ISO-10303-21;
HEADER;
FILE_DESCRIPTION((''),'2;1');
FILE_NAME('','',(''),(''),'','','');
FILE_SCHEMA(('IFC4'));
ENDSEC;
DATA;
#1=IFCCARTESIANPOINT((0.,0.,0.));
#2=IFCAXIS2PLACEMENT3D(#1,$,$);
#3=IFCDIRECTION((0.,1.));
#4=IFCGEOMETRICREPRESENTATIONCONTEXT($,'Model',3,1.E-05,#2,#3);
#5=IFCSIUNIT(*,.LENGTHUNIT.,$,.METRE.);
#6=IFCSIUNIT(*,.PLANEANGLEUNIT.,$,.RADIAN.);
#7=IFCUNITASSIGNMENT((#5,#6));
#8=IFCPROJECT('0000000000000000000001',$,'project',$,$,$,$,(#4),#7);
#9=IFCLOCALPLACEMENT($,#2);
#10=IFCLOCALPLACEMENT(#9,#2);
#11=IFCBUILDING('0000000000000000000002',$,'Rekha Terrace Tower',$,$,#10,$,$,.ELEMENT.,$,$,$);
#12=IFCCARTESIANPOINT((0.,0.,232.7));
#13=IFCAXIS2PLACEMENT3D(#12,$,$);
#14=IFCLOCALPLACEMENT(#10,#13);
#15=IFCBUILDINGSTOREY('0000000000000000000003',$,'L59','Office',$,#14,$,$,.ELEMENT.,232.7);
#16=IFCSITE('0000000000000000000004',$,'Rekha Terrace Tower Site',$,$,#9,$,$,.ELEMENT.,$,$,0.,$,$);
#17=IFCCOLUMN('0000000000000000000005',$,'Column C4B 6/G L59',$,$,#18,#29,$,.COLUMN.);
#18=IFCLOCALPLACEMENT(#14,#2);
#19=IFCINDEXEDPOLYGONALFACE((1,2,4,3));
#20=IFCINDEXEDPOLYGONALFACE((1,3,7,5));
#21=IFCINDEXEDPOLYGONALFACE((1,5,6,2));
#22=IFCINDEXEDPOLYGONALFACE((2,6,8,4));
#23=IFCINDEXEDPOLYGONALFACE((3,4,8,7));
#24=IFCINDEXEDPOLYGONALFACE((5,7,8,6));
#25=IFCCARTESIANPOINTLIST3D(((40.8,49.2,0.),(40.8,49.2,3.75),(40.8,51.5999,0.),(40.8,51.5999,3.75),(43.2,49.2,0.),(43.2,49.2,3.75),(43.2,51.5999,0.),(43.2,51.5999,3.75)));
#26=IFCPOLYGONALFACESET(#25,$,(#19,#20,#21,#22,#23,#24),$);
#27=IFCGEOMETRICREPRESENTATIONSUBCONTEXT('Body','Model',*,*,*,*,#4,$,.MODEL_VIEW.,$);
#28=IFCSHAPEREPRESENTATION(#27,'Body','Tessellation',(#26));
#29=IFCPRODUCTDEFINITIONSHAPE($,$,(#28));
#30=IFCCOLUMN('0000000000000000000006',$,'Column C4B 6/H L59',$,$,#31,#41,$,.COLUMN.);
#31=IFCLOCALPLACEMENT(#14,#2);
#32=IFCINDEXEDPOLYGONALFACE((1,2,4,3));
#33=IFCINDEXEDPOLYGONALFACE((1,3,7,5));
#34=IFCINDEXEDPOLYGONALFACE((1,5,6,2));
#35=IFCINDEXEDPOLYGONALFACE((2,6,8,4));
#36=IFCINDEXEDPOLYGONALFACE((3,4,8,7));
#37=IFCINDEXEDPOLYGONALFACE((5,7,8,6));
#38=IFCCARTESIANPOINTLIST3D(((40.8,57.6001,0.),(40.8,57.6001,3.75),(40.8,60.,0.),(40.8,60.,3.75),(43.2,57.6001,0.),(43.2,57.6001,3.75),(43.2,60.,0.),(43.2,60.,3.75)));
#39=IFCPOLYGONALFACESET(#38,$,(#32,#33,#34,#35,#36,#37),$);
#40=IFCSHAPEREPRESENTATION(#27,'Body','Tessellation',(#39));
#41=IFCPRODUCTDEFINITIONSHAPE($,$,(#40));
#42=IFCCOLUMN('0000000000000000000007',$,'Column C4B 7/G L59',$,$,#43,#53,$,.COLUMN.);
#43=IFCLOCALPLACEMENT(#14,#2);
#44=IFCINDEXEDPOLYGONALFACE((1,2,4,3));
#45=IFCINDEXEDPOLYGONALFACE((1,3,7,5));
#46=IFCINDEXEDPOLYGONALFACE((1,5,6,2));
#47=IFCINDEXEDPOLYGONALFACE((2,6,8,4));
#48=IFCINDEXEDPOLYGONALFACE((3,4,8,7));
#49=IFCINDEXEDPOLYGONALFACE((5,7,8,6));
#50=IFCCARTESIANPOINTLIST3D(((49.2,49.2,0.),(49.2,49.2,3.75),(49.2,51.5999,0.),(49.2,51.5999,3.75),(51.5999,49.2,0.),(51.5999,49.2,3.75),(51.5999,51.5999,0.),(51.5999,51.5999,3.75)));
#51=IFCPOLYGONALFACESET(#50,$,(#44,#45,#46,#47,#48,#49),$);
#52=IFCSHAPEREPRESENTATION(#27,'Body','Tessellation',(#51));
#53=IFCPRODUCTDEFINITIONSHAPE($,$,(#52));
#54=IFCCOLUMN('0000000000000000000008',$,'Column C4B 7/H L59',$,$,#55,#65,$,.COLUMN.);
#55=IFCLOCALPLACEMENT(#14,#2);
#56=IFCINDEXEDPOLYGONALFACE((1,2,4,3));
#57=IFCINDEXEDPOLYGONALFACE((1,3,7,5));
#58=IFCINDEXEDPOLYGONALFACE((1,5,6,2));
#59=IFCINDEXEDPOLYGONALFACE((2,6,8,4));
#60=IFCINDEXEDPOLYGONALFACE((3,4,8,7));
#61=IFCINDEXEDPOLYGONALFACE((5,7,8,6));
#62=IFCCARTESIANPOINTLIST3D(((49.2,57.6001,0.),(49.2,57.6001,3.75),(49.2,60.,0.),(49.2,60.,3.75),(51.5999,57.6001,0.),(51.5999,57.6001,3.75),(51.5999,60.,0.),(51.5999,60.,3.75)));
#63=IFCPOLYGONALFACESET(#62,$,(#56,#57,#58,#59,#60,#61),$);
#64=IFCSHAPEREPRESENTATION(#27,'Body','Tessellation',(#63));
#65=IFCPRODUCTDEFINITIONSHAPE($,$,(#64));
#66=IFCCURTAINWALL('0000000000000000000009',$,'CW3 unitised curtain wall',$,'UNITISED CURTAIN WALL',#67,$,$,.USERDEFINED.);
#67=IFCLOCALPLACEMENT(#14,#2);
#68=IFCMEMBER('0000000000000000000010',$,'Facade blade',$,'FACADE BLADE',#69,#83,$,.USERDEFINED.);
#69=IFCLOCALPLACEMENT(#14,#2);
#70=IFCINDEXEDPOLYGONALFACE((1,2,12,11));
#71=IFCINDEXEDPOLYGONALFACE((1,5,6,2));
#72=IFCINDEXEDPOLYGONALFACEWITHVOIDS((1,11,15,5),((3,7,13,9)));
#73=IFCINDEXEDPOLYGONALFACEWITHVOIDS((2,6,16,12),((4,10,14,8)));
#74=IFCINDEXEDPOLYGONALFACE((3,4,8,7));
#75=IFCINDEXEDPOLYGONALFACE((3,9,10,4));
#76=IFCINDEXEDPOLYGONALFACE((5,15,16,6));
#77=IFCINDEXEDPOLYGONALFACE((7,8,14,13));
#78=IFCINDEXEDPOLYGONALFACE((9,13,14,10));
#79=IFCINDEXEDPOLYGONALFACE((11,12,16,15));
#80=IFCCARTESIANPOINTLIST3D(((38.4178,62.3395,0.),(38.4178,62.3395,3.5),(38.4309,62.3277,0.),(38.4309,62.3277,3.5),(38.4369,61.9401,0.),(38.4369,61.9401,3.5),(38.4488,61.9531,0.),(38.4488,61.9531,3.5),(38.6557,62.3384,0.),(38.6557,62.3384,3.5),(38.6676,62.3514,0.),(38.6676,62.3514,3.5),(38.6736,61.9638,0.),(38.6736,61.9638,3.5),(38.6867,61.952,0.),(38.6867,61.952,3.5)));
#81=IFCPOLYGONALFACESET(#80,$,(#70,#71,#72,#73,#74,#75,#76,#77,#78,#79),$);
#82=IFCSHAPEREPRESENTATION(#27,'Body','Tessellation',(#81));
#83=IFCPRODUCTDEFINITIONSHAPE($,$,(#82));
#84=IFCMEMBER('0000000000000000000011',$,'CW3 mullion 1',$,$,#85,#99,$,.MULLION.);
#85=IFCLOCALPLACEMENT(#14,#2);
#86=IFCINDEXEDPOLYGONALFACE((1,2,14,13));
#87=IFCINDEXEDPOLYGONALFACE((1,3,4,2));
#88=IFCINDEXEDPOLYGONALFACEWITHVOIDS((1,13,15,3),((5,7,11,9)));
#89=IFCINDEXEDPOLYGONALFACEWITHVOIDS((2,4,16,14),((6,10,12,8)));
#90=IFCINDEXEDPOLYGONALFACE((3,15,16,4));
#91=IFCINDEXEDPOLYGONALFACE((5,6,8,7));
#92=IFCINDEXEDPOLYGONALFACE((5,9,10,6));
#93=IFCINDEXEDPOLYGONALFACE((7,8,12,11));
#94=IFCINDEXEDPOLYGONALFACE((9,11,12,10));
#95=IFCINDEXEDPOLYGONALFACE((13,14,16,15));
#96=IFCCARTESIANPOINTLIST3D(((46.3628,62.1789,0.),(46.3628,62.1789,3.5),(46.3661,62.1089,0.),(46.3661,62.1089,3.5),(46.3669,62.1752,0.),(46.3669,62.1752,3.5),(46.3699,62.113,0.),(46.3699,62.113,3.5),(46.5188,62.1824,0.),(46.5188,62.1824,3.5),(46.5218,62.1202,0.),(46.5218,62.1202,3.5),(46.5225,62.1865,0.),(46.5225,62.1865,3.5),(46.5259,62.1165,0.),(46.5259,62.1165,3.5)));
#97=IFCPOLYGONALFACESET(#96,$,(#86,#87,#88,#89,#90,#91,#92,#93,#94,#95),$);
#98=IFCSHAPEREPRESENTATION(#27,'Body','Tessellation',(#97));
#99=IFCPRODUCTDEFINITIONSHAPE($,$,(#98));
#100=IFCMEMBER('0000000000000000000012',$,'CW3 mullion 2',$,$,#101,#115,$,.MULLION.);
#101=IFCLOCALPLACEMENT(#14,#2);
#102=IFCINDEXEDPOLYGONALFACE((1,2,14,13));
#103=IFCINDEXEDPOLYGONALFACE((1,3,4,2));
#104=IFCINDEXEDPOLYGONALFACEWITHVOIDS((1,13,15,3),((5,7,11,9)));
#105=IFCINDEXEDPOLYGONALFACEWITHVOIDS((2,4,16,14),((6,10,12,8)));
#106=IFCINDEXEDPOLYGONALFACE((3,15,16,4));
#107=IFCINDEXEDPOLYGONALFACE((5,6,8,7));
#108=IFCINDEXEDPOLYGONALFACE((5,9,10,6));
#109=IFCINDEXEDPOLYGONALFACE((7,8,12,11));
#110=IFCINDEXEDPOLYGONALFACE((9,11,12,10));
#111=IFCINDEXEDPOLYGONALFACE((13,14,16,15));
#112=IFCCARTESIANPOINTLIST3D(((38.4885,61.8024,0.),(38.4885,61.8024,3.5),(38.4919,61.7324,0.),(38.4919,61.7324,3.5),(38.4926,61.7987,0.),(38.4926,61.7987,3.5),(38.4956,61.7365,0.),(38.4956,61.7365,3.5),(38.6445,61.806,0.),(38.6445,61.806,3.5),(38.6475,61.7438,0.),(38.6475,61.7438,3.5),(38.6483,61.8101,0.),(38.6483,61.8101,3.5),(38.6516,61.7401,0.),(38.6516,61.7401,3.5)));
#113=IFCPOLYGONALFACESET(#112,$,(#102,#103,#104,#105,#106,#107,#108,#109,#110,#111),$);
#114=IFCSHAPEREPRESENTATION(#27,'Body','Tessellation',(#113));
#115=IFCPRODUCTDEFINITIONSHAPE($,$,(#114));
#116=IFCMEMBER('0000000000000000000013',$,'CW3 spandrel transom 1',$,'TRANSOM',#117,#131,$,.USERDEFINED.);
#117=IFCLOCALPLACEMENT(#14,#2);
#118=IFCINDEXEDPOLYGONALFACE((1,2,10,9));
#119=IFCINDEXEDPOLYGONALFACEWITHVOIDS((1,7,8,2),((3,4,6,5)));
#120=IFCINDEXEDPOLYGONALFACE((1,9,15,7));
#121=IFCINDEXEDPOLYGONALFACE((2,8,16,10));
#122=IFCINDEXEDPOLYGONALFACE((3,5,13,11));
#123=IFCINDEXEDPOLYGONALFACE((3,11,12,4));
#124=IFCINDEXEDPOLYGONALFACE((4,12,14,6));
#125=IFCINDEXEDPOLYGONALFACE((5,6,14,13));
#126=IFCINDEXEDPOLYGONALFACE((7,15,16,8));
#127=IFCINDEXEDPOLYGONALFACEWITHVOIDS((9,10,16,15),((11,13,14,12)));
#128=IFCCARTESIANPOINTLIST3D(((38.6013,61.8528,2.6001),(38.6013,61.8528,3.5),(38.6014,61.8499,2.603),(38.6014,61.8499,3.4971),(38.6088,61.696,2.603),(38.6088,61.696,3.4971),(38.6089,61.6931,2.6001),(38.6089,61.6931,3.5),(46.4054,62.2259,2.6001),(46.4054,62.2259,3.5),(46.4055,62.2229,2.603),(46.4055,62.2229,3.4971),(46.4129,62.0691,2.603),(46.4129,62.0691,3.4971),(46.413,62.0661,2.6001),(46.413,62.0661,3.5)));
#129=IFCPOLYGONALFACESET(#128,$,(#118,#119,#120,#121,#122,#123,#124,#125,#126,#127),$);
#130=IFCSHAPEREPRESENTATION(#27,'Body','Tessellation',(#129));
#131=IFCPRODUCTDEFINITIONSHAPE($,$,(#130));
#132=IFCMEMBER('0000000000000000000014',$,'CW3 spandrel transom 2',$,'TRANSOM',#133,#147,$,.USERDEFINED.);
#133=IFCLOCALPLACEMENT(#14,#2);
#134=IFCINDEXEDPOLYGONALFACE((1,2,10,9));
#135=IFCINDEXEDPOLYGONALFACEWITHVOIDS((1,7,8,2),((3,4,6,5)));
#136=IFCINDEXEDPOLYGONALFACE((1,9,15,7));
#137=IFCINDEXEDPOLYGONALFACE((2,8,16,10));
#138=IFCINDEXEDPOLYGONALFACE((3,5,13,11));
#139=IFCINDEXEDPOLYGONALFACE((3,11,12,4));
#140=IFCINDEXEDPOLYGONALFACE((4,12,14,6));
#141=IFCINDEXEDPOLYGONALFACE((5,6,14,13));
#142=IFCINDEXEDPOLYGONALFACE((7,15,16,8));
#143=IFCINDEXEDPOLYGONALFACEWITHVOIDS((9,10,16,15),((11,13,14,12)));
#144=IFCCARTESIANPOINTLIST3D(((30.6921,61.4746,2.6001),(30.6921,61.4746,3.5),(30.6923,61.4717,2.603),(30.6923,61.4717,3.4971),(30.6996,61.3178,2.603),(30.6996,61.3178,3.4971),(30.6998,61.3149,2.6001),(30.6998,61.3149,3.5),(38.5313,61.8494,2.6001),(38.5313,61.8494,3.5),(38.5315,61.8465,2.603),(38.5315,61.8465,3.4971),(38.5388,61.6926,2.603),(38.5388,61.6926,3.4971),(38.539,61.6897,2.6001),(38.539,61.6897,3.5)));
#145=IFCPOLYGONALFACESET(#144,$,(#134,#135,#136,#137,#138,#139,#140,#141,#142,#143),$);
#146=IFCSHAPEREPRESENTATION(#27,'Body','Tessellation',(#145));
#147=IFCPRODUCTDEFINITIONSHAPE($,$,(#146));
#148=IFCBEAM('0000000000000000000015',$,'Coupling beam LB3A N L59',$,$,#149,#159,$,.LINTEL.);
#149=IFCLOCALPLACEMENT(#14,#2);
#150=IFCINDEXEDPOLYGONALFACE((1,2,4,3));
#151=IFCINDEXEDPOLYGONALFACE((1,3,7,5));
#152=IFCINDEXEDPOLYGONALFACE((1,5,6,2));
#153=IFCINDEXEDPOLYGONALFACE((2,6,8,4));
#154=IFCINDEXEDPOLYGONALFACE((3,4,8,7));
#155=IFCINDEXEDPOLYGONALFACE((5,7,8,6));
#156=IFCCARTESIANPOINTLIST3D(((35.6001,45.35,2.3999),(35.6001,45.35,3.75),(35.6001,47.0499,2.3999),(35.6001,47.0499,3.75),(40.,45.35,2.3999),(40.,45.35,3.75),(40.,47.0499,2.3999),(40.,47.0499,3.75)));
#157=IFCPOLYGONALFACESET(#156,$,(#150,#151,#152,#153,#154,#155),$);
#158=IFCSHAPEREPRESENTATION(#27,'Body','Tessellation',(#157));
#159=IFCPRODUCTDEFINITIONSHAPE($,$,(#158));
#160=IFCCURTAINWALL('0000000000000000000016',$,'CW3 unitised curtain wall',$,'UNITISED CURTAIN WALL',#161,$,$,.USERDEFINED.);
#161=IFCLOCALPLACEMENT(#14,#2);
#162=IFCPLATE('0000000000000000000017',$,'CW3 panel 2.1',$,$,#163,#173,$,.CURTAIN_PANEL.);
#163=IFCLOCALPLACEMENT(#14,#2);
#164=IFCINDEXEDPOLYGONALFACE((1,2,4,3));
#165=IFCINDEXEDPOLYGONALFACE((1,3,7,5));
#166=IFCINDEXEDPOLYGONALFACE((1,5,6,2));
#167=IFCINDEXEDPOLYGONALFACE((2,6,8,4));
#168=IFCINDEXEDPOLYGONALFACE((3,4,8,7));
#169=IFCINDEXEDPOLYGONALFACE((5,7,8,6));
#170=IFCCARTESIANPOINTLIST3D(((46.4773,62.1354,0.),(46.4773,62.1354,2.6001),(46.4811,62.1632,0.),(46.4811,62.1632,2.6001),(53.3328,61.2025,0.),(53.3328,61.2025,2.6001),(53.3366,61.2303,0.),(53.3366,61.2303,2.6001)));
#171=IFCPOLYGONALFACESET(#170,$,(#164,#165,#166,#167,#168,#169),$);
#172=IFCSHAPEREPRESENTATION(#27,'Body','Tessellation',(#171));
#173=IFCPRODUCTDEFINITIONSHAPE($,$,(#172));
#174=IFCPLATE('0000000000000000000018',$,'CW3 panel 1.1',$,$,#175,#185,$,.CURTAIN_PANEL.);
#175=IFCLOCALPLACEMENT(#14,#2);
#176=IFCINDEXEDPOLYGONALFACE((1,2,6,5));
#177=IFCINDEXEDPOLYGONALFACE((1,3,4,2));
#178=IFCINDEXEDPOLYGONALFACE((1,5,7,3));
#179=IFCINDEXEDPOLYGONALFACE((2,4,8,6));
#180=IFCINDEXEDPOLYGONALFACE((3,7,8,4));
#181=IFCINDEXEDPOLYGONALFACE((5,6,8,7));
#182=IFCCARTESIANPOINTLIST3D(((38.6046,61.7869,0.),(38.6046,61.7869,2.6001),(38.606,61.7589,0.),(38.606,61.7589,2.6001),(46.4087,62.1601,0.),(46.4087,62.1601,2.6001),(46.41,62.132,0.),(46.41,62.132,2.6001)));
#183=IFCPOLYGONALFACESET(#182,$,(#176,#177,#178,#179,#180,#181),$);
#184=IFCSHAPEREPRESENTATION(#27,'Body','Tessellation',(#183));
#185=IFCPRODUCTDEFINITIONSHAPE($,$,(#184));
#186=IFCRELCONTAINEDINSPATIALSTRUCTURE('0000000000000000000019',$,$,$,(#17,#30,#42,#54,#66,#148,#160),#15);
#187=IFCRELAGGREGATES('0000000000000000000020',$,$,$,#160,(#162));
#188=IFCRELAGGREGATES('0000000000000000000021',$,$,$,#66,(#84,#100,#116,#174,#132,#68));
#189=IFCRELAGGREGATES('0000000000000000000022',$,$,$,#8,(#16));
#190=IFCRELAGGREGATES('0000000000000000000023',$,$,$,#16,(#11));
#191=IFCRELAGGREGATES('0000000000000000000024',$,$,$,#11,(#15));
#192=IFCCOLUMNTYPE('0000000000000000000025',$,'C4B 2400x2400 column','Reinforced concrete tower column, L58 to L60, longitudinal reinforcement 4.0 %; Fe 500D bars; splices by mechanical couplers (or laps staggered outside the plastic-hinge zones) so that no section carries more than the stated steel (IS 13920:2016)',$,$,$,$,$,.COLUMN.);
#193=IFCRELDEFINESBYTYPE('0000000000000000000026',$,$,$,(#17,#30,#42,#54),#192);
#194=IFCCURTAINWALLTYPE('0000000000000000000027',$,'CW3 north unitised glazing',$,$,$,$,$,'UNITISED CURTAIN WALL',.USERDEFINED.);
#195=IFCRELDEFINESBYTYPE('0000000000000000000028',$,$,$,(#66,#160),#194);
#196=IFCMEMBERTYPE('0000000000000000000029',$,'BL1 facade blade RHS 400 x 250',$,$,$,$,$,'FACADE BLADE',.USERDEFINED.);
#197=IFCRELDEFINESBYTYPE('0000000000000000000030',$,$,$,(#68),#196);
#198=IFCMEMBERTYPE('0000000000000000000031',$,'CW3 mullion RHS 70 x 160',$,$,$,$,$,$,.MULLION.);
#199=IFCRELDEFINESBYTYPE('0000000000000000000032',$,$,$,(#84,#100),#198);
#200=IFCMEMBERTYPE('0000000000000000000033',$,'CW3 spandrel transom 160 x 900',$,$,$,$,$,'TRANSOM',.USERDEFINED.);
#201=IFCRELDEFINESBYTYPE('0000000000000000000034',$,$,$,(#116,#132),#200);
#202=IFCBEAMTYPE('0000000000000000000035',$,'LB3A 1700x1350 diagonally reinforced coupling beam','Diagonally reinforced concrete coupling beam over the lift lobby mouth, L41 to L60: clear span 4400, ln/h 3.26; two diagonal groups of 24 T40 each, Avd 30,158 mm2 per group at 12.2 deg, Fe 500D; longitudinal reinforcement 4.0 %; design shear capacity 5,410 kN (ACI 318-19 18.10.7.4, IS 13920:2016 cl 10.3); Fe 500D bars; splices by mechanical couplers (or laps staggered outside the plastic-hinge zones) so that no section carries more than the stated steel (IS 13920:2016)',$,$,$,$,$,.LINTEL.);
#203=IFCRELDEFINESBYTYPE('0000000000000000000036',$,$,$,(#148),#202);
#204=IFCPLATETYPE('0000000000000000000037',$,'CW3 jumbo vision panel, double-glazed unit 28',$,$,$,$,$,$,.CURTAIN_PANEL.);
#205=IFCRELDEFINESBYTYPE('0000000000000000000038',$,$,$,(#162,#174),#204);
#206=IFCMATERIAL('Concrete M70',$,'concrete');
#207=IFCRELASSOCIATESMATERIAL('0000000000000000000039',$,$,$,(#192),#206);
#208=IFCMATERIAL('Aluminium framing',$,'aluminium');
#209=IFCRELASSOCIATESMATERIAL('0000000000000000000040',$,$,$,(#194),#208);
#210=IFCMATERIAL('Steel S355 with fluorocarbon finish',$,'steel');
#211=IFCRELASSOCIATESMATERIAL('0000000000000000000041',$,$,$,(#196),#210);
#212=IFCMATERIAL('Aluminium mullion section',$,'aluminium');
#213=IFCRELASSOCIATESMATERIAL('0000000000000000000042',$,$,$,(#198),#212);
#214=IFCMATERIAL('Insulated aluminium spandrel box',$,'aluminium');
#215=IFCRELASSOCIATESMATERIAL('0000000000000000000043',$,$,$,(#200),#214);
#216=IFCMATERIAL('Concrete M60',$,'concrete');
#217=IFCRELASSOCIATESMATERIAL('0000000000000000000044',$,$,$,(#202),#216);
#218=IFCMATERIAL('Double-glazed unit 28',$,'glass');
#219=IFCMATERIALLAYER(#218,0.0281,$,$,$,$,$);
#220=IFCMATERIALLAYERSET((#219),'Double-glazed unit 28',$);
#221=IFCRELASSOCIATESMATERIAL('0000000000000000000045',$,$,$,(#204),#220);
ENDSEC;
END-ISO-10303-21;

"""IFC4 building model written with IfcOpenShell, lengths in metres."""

from ifc_helpers import new_model, si_unit, direction, frame, origin, origin_2d, place, context, subcontext, project, spatial, rectangle, hollow_rectangle, extrude, material, layer, layer_set, material_profile, profile_set, type_object, element, aggregate, save


model = new_model("IFC4")

# Units and contexts
model_context = context("Model", 3, precision=1e-05, world=origin(), true_north=direction((0.0, 1.0)))
body_context = subcontext(model_context, "Body", "Model", "MODEL_VIEW")
ifc_project = project(units=[si_unit("LENGTHUNIT", "METRE"), si_unit("PLANEANGLEUNIT", "RADIAN")], contexts=[model_context])

# Site, building, storey
site_placement = place(None, origin())
site = spatial("IfcSite", under=ifc_project, at=site_placement, Name="Rekha Terrace Tower Site", CompositionType="ELEMENT", RefElevation=0.0)
building_placement = place(site_placement, origin())
building = spatial("IfcBuilding", under=site, at=building_placement, Name="Rekha Terrace Tower", CompositionType="ELEMENT")
storey_placement = place(building_placement, frame((0.0, 0.0, 232.7)))
storey = spatial("IfcBuildingStorey", under=building, at=storey_placement, Name="L59", Description="Office", CompositionType="ELEMENT", Elevation=232.7)

# Columns
ifc_material_1 = material(Name="Concrete M70", Category="concrete")
ifc_material_profile_1 = material_profile(ifc_material_1, rectangle(XDim=2.3999, YDim=2.3999, at=origin_2d()), Name="RC 2400x2400")
ifc_profile_set_1 = profile_set([ifc_material_profile_1], Name="Concrete M70")
column_type = type_object("IfcColumnType", Name="C4B 2400x2400 column", Description="Reinforced concrete tower column, L58 to L60, longitudinal reinforcement 4.0 %; Fe 500D bars; splices by mechanical couplers (or laps staggered outside the plastic-hinge zones) so that no section carries more than the stated steel (IS 13920:2016)", PredefinedType="COLUMN", material=ifc_profile_set_1)
for number, where, z_axis, x_axis, name in (
    (1, (42.0, 50.3999, 0.0), (0.0, 0.0, 1.0), (1.0, 0.0, 0.0), "Column C4B 6/G L59"),
    (2, (42.0, 58.8, 0.0), (0.0, 0.0, 1.0), (1.0, 0.0, 0.0), "Column C4B 6/H L59"),
    (3, (50.3999, 50.3999, 0.0), (0.0, 0.0, 1.0), (1.0, 0.0, 0.0), "Column C4B 7/G L59"),
    (4, (50.3999, 58.8, 0.0), (0.0, 0.0, 1.0), (1.0, 0.0, 0.0), "Column C4B 7/H L59"),
):
    element("IfcColumn", number, at=place(storey_placement, frame(where, z_axis=z_axis, x_axis=x_axis)), inside=storey, type_object=column_type, Name=name, PredefinedType="COLUMN", context=body_context, shape_type="SweptSolid", body=[
        extrude(rectangle(XDim=2.3999, YDim=2.3999, at=origin_2d()), origin(), (0.0, 0.0, 1.0), 3.75),
    ])

# Curtain wall, members
ifc_material_2 = material(Name="Aluminium framing", Category="aluminium")
curtain_wall_type = type_object("IfcCurtainWallType", Name="CW3 north unitised glazing", ElementType="UNITISED CURTAIN WALL", PredefinedType="USERDEFINED", material=ifc_material_2)
curtain_wall_1_placement = place(storey_placement, origin())
curtain_wall_1 = element("IfcCurtainWall", 5, at=curtain_wall_1_placement, inside=storey, type_object=curtain_wall_type, Name="CW3 unitised curtain wall", ObjectType="UNITISED CURTAIN WALL", PredefinedType="USERDEFINED")
ifc_material_3 = material(Name="Steel S355 with fluorocarbon finish", Category="steel")
ifc_material_profile_2 = material_profile(ifc_material_3, hollow_rectangle(XDim=0.25, YDim=0.3999, WallThickness=0.0125, at=origin_2d()), Name="RHS400x250x12.5")
ifc_profile_set_2 = profile_set([ifc_material_profile_2], Name="Steel S355 with fluorocarbon finish")
member_type_1 = type_object("IfcMemberType", Name="BL1 facade blade RHS 400 x 250", ElementType="FACADE BLADE", PredefinedType="USERDEFINED", material=ifc_profile_set_2)
member_1_placement = place(storey_placement, frame((38.5522, 62.1458, 0.0), z_axis=(0.0, 0.0, 1.0), x_axis=(-0.998859, -0.047758, 0.0)))
member_1 = element("IfcMember", 6, at=member_1_placement, type_object=member_type_1, Name="Facade blade", ObjectType="FACADE BLADE", PredefinedType="USERDEFINED", context=body_context, shape_type="SweptSolid", body=[
    extrude(hollow_rectangle(XDim=0.25, YDim=0.3999, WallThickness=0.0125, at=origin_2d()), origin(), (0.0, 0.0, 1.0), 3.5),
])
ifc_material_4 = material(Name="Aluminium mullion section", Category="aluminium")
ifc_material_profile_3 = material_profile(ifc_material_4, hollow_rectangle(XDim=0.0701, YDim=0.1599, WallThickness=0.0039, at=origin_2d()), Name="AL RHS 70x160")
ifc_profile_set_3 = profile_set([ifc_material_profile_3], Name="Aluminium mullion section")
member_type_2 = type_object("IfcMemberType", Name="CW3 mullion RHS 70 x 160", PredefinedType="MULLION", material=ifc_profile_set_3)
member_2_placement = place(storey_placement, frame((46.4443, 62.1477, 0.0), z_axis=(0.0, 0.0, 1.0), x_axis=(0.047759, -0.998859, 0.0)))
member_2 = element("IfcMember", 7, at=member_2_placement, type_object=member_type_2, Name="CW3 mullion 1", PredefinedType="MULLION", context=body_context, shape_type="SweptSolid", body=[
    extrude(hollow_rectangle(XDim=0.0701, YDim=0.1599, WallThickness=0.0039, at=origin_2d()), origin(), (0.0, 0.0, 1.0), 3.5),
])
member_3_placement = place(storey_placement, frame((38.5701, 61.7712, 0.0), z_axis=(0.0, 0.0, 1.0), x_axis=(0.047759, -0.998859, 0.0)))
member_3 = element("IfcMember", 8, at=member_3_placement, type_object=member_type_2, Name="CW3 mullion 2", PredefinedType="MULLION", context=body_context, shape_type="SweptSolid", body=[
    extrude(hollow_rectangle(XDim=0.0701, YDim=0.1599, WallThickness=0.0039, at=origin_2d()), origin(), (0.0, 0.0, 1.0), 3.5),
])
ifc_material_5 = material(Name="Insulated aluminium spandrel box", Category="aluminium")
ifc_material_profile_4 = material_profile(ifc_material_5, hollow_rectangle(XDim=0.1599, YDim=0.8999, WallThickness=0.0029, at=origin_2d()), Name="AL SPANDREL BOX 160x900")
ifc_profile_set_4 = profile_set([ifc_material_profile_4], Name="Insulated aluminium spandrel box")
member_type_3 = type_object("IfcMemberType", Name="CW3 spandrel transom 160 x 900", ElementType="TRANSOM", PredefinedType="USERDEFINED", material=ifc_profile_set_4)
member_4_placement = place(storey_placement, frame((46.4092, 62.146, 3.05), z_axis=(-0.998859, -0.047748, 0.0), x_axis=(0.047748, -0.998859, 0.0)))
member_4 = element("IfcMember", 9, at=member_4_placement, type_object=member_type_3, Name="CW3 spandrel transom 1", ObjectType="TRANSOM", PredefinedType="USERDEFINED", context=body_context, shape_type="SweptSolid", body=[
    extrude(hollow_rectangle(XDim=0.1599, YDim=0.8999, WallThickness=0.0029, at=origin_2d()), origin(), (0.0, 0.0, 1.0), 7.813),
])
member_5_placement = place(storey_placement, frame((38.5352, 61.7695, 3.05), z_axis=(-0.998859, -0.047751, 0.0), x_axis=(0.047751, -0.998859, 0.0)))
member_5 = element("IfcMember", 10, at=member_5_placement, type_object=member_type_3, Name="CW3 spandrel transom 2", ObjectType="TRANSOM", PredefinedType="USERDEFINED", context=body_context, shape_type="SweptSolid", body=[
    extrude(hollow_rectangle(XDim=0.1599, YDim=0.8999, WallThickness=0.0029, at=origin_2d()), origin(), (0.0, 0.0, 1.0), 7.8481),
])

# Beam
ifc_material_6 = material(Name="Concrete M60", Category="concrete")
ifc_material_profile_5 = material_profile(ifc_material_6, rectangle(XDim=1.7, YDim=1.3501, at=origin_2d()), Name="RC 1700x1350")
ifc_profile_set_5 = profile_set([ifc_material_profile_5], Name="Concrete M60")
beam_type = type_object("IfcBeamType", Name="LB3A 1700x1350 diagonally reinforced coupling beam", Description="Diagonally reinforced concrete coupling beam over the lift lobby mouth, L41 to L60: clear span 4400, ln/h 3.26; two diagonal groups of 24 T40 each, Avd 30,158 mm2 per group at 12.2 deg, Fe 500D; longitudinal reinforcement 4.0 %; design shear capacity 5,410 kN (ACI 318-19 18.10.7.4, IS 13920:2016 cl 10.3); Fe 500D bars; splices by mechanical couplers (or laps staggered outside the plastic-hinge zones) so that no section carries more than the stated steel (IS 13920:2016)", PredefinedType="LINTEL", material=ifc_profile_set_5)
beam_placement = place(storey_placement, frame((35.6001, 46.2, 3.075), z_axis=(1.0, 0.0, 0.0), x_axis=(0.0, 1.0, 0.0)))
element("IfcBeam", 11, at=beam_placement, inside=storey, type_object=beam_type, Name="Coupling beam LB3A N L59", PredefinedType="LINTEL", context=body_context, shape_type="SweptSolid", body=[
    extrude(rectangle(XDim=1.7, YDim=1.3501, at=origin_2d()), origin(), (0.0, 0.0, 1.0), 4.3999),
])

# Curtain wall, plate
curtain_wall_2_placement = place(storey_placement, origin())
curtain_wall_2 = element("IfcCurtainWall", 12, at=curtain_wall_2_placement, inside=storey, type_object=curtain_wall_type, Name="CW3 unitised curtain wall", ObjectType="UNITISED CURTAIN WALL", PredefinedType="USERDEFINED")
ifc_material_7 = material(Name="Double-glazed unit 28", Category="glass")
ifc_layer_1 = layer(ifc_material_7, 0.0281)
ifc_layer_set_1 = layer_set([ifc_layer_1], Name="Double-glazed unit 28")
plate_type = type_object("IfcPlateType", Name="CW3 jumbo vision panel, double-glazed unit 28", PredefinedType="CURTAIN_PANEL", material=ifc_layer_set_1)
plate_1_placement = place(storey_placement, frame((49.907, 61.6829, 0.0), z_axis=(0.0, 0.0, 1.0), x_axis=(-0.990867, 0.134841, 0.0)))
plate_1 = element("IfcPlate", 13, at=plate_1_placement, type_object=plate_type, Name="CW3 panel 2.1", PredefinedType="CURTAIN_PANEL", context=body_context, shape_type="SweptSolid", body=[
    extrude(rectangle(XDim=6.9187, YDim=0.0281, at=origin_2d()), origin(), (0.0, 0.0, 1.0), 2.6001),
])
aggregate(curtain_wall_2, [plate_1])

# Plate
plate_2_placement = place(storey_placement, frame((42.5073, 61.9595, 0.0), z_axis=(0.0, 0.0, 1.0), x_axis=(-0.998859, -0.047759, 0.0)))
plate_2 = element("IfcPlate", 14, at=plate_2_placement, type_object=plate_type, Name="CW3 panel 1.1", PredefinedType="CURTAIN_PANEL", context=body_context, shape_type="SweptSolid", body=[
    extrude(rectangle(XDim=7.813, YDim=0.0281, at=origin_2d()), origin(), (0.0, 0.0, 1.0), 2.6001),
])
aggregate(curtain_wall_1, [member_2, member_3, member_4, plate_2, member_5, member_1])

save(model, "model.ifc")
